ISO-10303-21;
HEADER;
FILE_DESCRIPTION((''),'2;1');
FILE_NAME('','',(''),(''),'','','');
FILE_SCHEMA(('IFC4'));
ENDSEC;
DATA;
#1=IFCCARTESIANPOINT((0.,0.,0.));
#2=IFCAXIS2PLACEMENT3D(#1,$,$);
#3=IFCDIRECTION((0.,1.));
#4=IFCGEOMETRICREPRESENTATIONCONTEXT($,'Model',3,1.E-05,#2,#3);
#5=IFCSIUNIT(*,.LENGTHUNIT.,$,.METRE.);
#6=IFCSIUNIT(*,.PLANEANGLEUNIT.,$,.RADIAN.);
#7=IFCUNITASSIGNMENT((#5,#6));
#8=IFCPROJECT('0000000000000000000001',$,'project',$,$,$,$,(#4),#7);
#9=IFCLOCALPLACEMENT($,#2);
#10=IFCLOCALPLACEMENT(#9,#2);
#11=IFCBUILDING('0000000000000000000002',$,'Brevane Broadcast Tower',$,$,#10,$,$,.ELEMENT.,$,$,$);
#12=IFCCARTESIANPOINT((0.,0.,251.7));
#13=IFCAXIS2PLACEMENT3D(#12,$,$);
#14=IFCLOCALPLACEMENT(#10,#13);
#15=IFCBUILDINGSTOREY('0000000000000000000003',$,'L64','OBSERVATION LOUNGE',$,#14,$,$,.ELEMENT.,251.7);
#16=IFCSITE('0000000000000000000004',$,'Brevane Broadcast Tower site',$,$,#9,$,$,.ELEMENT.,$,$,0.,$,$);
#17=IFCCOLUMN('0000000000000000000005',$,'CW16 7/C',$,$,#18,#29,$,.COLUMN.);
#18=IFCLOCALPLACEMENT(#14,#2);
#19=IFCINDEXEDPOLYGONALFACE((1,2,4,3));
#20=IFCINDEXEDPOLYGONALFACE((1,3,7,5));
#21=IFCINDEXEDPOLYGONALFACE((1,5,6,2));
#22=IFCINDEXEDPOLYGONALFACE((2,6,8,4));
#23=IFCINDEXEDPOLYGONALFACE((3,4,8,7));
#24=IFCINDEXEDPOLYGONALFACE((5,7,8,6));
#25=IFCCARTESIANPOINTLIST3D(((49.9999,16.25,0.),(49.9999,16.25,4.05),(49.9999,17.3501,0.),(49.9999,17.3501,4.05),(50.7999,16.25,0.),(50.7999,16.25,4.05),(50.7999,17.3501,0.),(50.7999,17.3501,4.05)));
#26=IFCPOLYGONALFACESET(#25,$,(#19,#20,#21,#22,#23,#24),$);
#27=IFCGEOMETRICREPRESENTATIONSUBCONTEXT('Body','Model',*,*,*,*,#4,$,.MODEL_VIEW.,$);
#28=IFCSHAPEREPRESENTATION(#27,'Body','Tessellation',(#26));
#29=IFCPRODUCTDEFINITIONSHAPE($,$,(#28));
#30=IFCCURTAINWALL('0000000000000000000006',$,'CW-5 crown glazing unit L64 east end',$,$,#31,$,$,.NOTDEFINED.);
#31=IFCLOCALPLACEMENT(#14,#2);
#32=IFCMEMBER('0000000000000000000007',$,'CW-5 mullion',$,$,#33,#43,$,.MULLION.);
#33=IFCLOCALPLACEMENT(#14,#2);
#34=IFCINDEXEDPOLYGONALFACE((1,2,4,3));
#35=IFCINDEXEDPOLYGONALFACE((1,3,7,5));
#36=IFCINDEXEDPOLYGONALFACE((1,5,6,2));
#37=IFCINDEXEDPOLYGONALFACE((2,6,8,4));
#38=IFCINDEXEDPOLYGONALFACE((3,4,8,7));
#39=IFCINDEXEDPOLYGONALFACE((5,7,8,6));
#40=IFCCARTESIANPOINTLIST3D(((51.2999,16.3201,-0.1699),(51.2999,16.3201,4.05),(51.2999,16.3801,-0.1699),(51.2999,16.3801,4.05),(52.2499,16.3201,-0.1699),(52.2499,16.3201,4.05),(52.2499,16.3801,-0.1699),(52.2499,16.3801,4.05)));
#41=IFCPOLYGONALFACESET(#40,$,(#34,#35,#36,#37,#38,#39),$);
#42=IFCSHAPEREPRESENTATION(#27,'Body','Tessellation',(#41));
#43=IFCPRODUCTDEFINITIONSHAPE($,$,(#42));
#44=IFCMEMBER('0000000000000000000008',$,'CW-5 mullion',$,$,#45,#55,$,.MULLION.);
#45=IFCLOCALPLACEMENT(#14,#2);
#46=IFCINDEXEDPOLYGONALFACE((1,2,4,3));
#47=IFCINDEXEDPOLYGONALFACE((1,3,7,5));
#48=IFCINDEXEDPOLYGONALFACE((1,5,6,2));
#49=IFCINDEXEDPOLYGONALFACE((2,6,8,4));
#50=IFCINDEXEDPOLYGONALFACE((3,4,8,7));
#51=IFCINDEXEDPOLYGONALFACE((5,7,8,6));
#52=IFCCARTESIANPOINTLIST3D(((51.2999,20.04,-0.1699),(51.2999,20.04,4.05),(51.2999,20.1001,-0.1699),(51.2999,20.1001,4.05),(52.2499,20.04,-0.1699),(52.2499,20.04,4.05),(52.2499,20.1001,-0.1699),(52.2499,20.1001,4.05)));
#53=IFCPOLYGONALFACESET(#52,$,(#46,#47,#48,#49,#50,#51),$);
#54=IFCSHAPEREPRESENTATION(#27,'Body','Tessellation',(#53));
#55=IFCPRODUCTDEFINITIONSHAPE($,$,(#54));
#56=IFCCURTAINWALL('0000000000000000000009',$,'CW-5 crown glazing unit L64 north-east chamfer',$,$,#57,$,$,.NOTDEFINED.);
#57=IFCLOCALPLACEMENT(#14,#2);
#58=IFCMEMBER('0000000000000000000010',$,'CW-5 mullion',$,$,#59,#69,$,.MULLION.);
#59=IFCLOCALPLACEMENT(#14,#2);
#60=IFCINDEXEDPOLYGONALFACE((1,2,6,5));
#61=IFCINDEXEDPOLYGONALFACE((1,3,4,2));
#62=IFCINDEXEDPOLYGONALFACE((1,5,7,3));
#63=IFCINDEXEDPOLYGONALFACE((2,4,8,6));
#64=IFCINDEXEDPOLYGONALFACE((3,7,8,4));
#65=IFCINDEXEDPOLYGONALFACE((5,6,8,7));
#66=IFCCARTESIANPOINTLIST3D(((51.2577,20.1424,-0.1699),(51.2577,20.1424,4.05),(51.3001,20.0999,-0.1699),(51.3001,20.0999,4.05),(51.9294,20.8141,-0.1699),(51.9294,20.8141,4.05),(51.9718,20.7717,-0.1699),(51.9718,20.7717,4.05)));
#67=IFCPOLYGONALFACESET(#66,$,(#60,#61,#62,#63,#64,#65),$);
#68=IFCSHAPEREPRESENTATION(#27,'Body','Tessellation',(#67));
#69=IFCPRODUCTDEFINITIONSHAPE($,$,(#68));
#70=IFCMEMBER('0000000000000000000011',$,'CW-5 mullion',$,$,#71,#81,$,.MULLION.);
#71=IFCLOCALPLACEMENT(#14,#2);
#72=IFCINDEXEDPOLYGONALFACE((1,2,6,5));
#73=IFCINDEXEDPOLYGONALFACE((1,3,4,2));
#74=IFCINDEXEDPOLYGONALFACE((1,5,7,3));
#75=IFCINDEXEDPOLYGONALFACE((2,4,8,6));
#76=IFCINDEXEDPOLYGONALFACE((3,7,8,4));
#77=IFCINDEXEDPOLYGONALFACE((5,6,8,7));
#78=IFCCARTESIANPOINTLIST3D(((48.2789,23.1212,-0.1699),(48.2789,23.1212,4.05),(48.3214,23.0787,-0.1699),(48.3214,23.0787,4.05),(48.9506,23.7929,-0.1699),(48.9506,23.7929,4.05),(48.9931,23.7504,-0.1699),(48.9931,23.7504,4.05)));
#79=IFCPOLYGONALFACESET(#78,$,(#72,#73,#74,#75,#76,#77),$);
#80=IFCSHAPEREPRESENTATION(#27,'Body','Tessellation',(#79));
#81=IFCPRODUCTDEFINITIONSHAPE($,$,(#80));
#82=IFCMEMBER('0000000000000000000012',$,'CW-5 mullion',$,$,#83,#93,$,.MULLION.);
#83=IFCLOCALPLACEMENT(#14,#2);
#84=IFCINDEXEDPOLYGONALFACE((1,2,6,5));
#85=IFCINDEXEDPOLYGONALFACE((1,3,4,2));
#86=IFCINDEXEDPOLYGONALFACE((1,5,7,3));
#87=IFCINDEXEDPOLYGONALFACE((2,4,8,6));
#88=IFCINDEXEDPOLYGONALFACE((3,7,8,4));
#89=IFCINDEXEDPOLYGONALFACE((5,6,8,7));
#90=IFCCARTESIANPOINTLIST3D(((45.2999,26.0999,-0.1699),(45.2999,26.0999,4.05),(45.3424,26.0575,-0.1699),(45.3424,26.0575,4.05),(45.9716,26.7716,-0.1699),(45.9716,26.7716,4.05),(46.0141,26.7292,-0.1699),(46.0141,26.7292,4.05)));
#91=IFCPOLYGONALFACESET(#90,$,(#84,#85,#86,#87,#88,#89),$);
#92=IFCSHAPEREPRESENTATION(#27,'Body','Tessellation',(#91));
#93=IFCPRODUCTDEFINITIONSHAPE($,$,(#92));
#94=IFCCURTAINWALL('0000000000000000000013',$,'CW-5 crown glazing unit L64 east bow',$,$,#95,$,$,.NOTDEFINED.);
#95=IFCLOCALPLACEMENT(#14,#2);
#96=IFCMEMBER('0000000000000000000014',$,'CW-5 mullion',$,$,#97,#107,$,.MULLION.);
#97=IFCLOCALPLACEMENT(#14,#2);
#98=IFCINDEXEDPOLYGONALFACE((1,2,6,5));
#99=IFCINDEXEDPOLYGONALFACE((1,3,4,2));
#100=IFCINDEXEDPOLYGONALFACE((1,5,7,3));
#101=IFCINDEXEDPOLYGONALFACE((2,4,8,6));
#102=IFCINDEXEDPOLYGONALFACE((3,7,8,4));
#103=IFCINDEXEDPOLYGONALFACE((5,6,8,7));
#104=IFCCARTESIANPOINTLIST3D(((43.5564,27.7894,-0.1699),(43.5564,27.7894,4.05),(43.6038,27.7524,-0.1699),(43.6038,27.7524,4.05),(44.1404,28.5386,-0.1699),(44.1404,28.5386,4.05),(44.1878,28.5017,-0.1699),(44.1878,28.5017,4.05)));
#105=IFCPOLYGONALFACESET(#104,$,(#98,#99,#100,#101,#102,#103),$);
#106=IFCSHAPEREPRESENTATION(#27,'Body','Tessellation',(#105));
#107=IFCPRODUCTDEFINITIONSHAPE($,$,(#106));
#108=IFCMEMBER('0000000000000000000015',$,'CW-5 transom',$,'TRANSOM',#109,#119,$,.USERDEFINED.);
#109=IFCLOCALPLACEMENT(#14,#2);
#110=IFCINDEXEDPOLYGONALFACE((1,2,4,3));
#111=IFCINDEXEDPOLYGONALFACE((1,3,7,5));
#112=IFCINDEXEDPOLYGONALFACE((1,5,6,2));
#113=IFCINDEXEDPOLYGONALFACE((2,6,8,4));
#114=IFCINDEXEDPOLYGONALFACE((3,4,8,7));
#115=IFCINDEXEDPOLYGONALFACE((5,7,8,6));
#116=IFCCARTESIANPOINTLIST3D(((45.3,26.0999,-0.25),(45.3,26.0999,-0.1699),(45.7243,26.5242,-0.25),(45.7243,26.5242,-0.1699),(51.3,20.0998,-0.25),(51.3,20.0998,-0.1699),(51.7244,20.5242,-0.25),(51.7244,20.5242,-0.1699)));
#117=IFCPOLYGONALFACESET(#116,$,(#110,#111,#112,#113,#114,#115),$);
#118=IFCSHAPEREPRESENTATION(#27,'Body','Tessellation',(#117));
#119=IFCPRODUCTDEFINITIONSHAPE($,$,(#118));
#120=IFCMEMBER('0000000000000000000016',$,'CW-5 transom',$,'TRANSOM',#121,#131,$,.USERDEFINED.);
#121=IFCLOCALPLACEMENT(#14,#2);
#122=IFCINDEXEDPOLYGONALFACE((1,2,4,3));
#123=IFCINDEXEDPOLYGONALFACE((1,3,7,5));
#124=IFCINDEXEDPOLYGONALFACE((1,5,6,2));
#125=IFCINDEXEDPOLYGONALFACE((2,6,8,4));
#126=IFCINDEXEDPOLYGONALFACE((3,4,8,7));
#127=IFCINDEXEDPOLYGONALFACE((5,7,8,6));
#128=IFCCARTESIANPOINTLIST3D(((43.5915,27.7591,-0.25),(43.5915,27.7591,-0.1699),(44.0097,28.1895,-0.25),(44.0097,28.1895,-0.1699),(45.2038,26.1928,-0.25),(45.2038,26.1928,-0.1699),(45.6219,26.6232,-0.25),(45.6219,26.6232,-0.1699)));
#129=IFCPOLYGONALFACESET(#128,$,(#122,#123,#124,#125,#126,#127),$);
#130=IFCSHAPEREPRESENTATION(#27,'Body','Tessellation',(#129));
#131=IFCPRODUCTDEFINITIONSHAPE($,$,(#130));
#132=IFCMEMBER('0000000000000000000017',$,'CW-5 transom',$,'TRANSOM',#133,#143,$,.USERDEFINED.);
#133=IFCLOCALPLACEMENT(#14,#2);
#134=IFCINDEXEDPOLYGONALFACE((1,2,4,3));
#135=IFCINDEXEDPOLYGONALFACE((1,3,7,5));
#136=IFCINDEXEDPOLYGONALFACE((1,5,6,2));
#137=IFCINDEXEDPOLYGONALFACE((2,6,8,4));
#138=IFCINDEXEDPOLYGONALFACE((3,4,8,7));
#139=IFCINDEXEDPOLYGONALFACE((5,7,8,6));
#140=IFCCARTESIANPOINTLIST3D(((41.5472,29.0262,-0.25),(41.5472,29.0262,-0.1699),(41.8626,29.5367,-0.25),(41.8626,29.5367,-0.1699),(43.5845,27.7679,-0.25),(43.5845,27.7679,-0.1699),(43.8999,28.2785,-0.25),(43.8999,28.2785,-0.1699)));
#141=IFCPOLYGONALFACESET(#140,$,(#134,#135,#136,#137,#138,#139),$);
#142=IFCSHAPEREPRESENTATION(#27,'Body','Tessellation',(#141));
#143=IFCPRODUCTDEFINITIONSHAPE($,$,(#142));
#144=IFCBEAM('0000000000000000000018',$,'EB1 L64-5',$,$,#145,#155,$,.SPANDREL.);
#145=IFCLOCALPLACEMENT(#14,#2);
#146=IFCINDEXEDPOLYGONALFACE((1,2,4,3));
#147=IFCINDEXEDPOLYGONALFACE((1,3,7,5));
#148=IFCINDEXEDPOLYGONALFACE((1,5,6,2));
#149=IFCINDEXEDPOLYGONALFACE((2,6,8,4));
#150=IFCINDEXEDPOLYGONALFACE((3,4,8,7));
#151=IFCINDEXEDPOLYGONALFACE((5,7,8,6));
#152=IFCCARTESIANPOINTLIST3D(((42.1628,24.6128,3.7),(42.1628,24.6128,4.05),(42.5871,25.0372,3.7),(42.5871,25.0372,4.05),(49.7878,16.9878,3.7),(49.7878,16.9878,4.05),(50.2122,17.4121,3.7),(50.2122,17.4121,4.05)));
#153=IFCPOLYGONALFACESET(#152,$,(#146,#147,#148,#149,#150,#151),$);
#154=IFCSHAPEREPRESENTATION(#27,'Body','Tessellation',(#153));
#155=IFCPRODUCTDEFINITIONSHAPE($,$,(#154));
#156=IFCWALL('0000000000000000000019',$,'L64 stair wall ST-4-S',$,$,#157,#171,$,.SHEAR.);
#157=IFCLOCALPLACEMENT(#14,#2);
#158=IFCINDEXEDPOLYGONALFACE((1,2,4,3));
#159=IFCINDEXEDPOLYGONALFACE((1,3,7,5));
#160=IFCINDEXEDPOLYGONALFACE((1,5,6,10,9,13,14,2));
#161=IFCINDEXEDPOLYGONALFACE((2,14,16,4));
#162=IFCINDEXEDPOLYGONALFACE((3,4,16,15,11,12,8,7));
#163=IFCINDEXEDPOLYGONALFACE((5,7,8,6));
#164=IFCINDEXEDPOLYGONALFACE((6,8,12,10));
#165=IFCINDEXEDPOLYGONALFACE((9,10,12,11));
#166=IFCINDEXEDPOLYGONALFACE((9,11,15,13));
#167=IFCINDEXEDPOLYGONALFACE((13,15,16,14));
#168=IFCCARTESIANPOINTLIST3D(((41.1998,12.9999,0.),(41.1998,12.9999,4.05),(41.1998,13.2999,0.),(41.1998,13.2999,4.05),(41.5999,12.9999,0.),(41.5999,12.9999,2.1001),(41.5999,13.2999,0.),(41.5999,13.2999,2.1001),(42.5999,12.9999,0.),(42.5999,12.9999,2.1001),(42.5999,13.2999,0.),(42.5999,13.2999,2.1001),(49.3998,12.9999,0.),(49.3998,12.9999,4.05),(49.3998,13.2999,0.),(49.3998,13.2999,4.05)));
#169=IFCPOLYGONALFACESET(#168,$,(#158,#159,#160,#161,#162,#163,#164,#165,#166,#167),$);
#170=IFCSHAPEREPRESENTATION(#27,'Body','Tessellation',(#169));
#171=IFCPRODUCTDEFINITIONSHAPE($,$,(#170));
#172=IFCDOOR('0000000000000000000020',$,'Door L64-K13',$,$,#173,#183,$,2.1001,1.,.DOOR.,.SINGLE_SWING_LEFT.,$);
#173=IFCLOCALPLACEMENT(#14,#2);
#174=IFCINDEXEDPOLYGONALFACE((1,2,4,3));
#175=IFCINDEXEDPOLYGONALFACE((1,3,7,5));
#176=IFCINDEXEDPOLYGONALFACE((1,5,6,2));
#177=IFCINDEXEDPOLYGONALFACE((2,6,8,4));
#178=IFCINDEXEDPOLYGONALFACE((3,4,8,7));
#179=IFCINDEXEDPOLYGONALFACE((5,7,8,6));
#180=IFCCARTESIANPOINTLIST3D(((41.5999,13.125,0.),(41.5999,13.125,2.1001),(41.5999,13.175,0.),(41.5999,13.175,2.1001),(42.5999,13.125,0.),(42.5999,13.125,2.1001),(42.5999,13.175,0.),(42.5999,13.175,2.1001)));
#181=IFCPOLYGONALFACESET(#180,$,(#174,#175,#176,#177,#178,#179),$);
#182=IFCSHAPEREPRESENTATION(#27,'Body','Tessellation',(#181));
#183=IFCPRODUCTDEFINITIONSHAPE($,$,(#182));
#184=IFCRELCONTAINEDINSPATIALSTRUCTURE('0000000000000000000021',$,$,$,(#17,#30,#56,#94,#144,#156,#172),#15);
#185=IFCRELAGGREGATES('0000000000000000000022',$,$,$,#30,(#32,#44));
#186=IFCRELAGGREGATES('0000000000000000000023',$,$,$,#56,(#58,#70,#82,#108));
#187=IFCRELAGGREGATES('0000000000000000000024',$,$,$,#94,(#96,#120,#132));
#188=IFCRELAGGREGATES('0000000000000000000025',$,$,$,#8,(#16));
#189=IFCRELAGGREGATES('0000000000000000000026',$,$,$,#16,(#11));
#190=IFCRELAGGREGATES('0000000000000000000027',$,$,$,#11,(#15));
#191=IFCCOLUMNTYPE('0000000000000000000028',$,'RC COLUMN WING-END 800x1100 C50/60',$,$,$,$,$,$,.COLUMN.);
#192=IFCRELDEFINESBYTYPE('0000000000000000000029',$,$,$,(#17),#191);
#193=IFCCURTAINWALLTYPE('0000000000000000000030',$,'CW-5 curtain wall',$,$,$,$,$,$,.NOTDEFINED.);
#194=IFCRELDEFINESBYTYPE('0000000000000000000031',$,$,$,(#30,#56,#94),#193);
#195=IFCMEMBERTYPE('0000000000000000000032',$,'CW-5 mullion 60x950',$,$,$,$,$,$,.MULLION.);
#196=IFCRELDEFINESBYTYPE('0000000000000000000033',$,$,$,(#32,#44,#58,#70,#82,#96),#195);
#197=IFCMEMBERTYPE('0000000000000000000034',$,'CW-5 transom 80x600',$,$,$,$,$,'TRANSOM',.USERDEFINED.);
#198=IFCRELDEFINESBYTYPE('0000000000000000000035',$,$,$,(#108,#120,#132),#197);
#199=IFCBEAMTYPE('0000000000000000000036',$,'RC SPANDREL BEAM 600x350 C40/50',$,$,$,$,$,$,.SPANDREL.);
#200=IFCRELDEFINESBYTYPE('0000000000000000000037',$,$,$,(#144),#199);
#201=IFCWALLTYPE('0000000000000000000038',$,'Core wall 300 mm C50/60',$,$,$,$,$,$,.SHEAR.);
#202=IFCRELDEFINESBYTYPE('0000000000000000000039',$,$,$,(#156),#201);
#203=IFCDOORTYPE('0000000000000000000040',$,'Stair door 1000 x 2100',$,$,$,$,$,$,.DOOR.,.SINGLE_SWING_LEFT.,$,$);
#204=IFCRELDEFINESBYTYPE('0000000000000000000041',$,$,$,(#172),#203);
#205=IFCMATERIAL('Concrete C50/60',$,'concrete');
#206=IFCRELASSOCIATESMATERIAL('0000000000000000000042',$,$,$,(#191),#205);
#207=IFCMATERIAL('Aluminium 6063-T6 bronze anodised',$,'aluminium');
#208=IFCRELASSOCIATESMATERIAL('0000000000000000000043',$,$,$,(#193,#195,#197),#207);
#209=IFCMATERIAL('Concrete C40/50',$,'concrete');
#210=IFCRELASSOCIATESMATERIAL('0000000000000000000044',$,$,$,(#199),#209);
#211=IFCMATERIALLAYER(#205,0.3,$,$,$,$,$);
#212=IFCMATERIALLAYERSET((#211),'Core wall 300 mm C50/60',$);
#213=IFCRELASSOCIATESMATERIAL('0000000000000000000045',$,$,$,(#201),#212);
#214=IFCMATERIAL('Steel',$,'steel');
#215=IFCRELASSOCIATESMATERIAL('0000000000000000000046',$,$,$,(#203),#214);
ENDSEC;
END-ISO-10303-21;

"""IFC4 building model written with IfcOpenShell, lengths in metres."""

from ifc_helpers import new_model, si_unit, direction, frame, frame_2d, origin, origin_2d, place, context, subcontext, project, spatial, rectangle, extrude, material, layer, layer_set, material_profile, profile_set, type_object, element, fill, aggregate, save


model = new_model("IFC4")

# Units and contexts
model_context = context("Model", 3, precision=1e-05, world=origin(), true_north=direction((0.0, 1.0)))
body_context = subcontext(model_context, "Body", "Model", "MODEL_VIEW")
ifc_project = project(units=[si_unit("LENGTHUNIT", "METRE"), si_unit("PLANEANGLEUNIT", "RADIAN")], contexts=[model_context])

# Site, building, storey
site_placement = place(None, origin())
site = spatial("IfcSite", under=ifc_project, at=site_placement, Name="Brevane Broadcast Tower site", CompositionType="ELEMENT", RefElevation=0.0)
building_placement = place(site_placement, origin())
building = spatial("IfcBuilding", under=site, at=building_placement, Name="Brevane Broadcast Tower", CompositionType="ELEMENT")
storey_placement = place(building_placement, frame((0.0, 0.0, 251.7)))
storey = spatial("IfcBuildingStorey", under=building, at=storey_placement, Name="L64", Description="OBSERVATION LOUNGE", CompositionType="ELEMENT", Elevation=251.7)

# Column
ifc_material_1 = material(Name="Concrete C50/60", Category="concrete")
ifc_material_profile_1 = material_profile(ifc_material_1, rectangle(XDim=0.8, YDim=1.1001, at=origin_2d()), Name="RC 800x1100")
ifc_profile_set_1 = profile_set([ifc_material_profile_1], Name="Concrete C50/60")
column_type = type_object("IfcColumnType", Name="RC COLUMN WING-END 800x1100 C50/60", PredefinedType="COLUMN", material=ifc_profile_set_1)
column_placement = place(storey_placement, frame((50.3999, 16.8, 0.0), z_axis=(0.0, 0.0, 1.0), x_axis=(1.0, 0.0, 0.0)))
element("IfcColumn", 1, at=column_placement, inside=storey, type_object=column_type, Name="CW16 7/C", PredefinedType="COLUMN", context=body_context, shape_type="SweptSolid", body=[
    extrude(rectangle(XDim=0.8, YDim=1.1001, at=origin_2d()), origin(), (0.0, 0.0, 1.0), 4.05),
])

# Curtain walls, members
ifc_material_2 = material(Name="Aluminium 6063-T6 bronze anodised", Category="aluminium")
curtain_wall_type = type_object("IfcCurtainWallType", Name="CW-5 curtain wall", PredefinedType="NOTDEFINED", material=ifc_material_2)
curtain_wall_1_placement = place(storey_placement, origin())
curtain_wall_1 = element("IfcCurtainWall", 2, at=curtain_wall_1_placement, inside=storey, type_object=curtain_wall_type, Name="CW-5 crown glazing unit L64 east end", PredefinedType="NOTDEFINED")
ifc_material_profile_2 = material_profile(ifc_material_2, rectangle(XDim=0.95, YDim=0.0601, at=origin_2d()), Name="RECT 60x950")
ifc_profile_set_2 = profile_set([ifc_material_profile_2], Name="Aluminium 6063-T6 bronze anodised")
member_type_1 = type_object("IfcMemberType", Name="CW-5 mullion 60x950", PredefinedType="MULLION", material=ifc_profile_set_2)
member_1_placement = place(storey_placement, frame((51.7749, 16.3501, -0.1699), z_axis=(0.0, 0.0, 1.0), x_axis=(-1.0, 0.0, 0.0)))
member_1 = element("IfcMember", 3, at=member_1_placement, type_object=member_type_1, Name="CW-5 mullion", PredefinedType="MULLION", context=body_context, shape_type="SweptSolid", body=[
    extrude(rectangle(XDim=0.95, YDim=0.0601, at=origin_2d()), origin(), (0.0, 0.0, 1.0), 4.22),
])
member_2_placement = place(storey_placement, frame((51.7749, 20.0701, -0.1699), z_axis=(0.0, 0.0, 1.0), x_axis=(-1.0, 0.0, 0.0)))
member_2 = element("IfcMember", 4, at=member_2_placement, type_object=member_type_1, Name="CW-5 mullion", PredefinedType="MULLION", context=body_context, shape_type="SweptSolid", body=[
    extrude(rectangle(XDim=0.95, YDim=0.0601, at=origin_2d()), origin(), (0.0, 0.0, 1.0), 4.22),
])
aggregate(curtain_wall_1, [member_1, member_2])
curtain_wall_2_placement = place(storey_placement, origin())
curtain_wall_2 = element("IfcCurtainWall", 5, at=curtain_wall_2_placement, inside=storey, type_object=curtain_wall_type, Name="CW-5 crown glazing unit L64 north-east chamfer", PredefinedType="NOTDEFINED")
member_3_placement = place(storey_placement, frame((51.6147, 20.457, -0.1699), z_axis=(0.0, 0.0, 1.0), x_axis=(-0.707107, -0.707107, 0.0)))
member_3 = element("IfcMember", 6, at=member_3_placement, type_object=member_type_1, Name="CW-5 mullion", PredefinedType="MULLION", context=body_context, shape_type="SweptSolid", body=[
    extrude(rectangle(XDim=0.95, YDim=0.0601, at=origin_2d()), origin(), (0.0, 0.0, 1.0), 4.22),
])
member_4_placement = place(storey_placement, frame((48.636, 23.4358, -0.1699), z_axis=(0.0, 0.0, 1.0), x_axis=(-0.707107, -0.707107, 0.0)))
member_4 = element("IfcMember", 7, at=member_4_placement, type_object=member_type_1, Name="CW-5 mullion", PredefinedType="MULLION", context=body_context, shape_type="SweptSolid", body=[
    extrude(rectangle(XDim=0.95, YDim=0.0601, at=origin_2d()), origin(), (0.0, 0.0, 1.0), 4.22),
])
member_5_placement = place(storey_placement, frame((45.657, 26.4146, -0.1699), z_axis=(0.0, 0.0, 1.0), x_axis=(-0.707107, -0.707107, 0.0)))
member_5 = element("IfcMember", 8, at=member_5_placement, type_object=member_type_1, Name="CW-5 mullion", PredefinedType="MULLION", context=body_context, shape_type="SweptSolid", body=[
    extrude(rectangle(XDim=0.95, YDim=0.0601, at=origin_2d()), origin(), (0.0, 0.0, 1.0), 4.22),
])

# Curtain wall, member
curtain_wall_3_placement = place(storey_placement, origin())
curtain_wall_3 = element("IfcCurtainWall", 9, at=curtain_wall_3_placement, inside=storey, type_object=curtain_wall_type, Name="CW-5 crown glazing unit L64 east bow", PredefinedType="NOTDEFINED")
member_6_placement = place(storey_placement, frame((43.8721, 28.1455, -0.1699), z_axis=(0.0, 0.0, 1.0), x_axis=(-0.61477, -0.788707, 0.0)))
member_6 = element("IfcMember", 10, at=member_6_placement, type_object=member_type_1, Name="CW-5 mullion", PredefinedType="MULLION", context=body_context, shape_type="SweptSolid", body=[
    extrude(rectangle(XDim=0.95, YDim=0.0601, at=origin_2d()), origin(), (0.0, 0.0, 1.0), 4.22),
])

# Members
ifc_material_profile_3 = material_profile(ifc_material_2, rectangle(XDim=0.6001, YDim=0.0801, at=origin_2d()), Name="RECT 80x600")
ifc_profile_set_3 = profile_set([ifc_material_profile_3], Name="Aluminium 6063-T6 bronze anodised")
member_type_2 = type_object("IfcMemberType", Name="CW-5 transom 80x600", ElementType="TRANSOM", PredefinedType="USERDEFINED", material=ifc_profile_set_3)
member_7_placement = place(storey_placement, frame((51.5122, 20.312, -0.21), z_axis=(-0.707107, 0.707107, 0.0), x_axis=(-0.707107, -0.707107, 0.0)))
member_7 = element("IfcMember", 11, at=member_7_placement, type_object=member_type_2, Name="CW-5 transom", ObjectType="TRANSOM", PredefinedType="USERDEFINED", context=body_context, shape_type="SweptSolid", body=[
    extrude(rectangle(XDim=0.6001, YDim=0.0801, at=origin_2d()), origin(), (0.0, 0.0, 1.0), 8.4854),
])
aggregate(curtain_wall_2, [member_3, member_4, member_5, member_7])
member_8_placement = place(storey_placement, frame((45.4128, 26.408, -0.21), z_axis=(-0.717242, 0.696824, 0.0), x_axis=(-0.696824, -0.717242, 0.0)))
member_8 = element("IfcMember", 12, at=member_8_placement, type_object=member_type_2, Name="CW-5 transom", ObjectType="TRANSOM", PredefinedType="USERDEFINED", context=body_context, shape_type="SweptSolid", body=[
    extrude(rectangle(XDim=0.6001, YDim=0.0801, at=origin_2d()), origin(), (0.0, 0.0, 1.0), 2.2478),
])
member_9_placement = place(storey_placement, frame((43.7422, 28.0232, -0.21), z_axis=(-0.85081, 0.525473, 0.0), x_axis=(-0.525473, -0.85081, 0.0)))
member_9 = element("IfcMember", 13, at=member_9_placement, type_object=member_type_2, Name="CW-5 transom", ObjectType="TRANSOM", PredefinedType="USERDEFINED", context=body_context, shape_type="SweptSolid", body=[
    extrude(rectangle(XDim=0.6001, YDim=0.0801, at=origin_2d()), origin(), (0.0, 0.0, 1.0), 2.3945),
])
aggregate(curtain_wall_3, [member_6, member_8, member_9])

# Beam
ifc_material_3 = material(Name="Concrete C40/50", Category="concrete")
ifc_material_profile_4 = material_profile(ifc_material_3, rectangle(XDim=0.6001, YDim=0.3501, at=origin_2d()), Name="RC 600x350")
ifc_profile_set_4 = profile_set([ifc_material_profile_4], Name="Concrete C40/50")
beam_type = type_object("IfcBeamType", Name="RC SPANDREL BEAM 600x350 C40/50", PredefinedType="SPANDREL", material=ifc_profile_set_4)
beam_placement = place(storey_placement, frame((50.0, 17.2, 3.875), z_axis=(-0.707107, 0.707107, 0.0), x_axis=(-0.707107, -0.707107, 0.0)))
element("IfcBeam", 14, at=beam_placement, inside=storey, type_object=beam_type, Name="EB1 L64-5", PredefinedType="SPANDREL", context=body_context, shape_type="SweptSolid", body=[
    extrude(rectangle(XDim=0.6001, YDim=0.3501, at=origin_2d()), origin(), (0.0, 0.0, 1.0), 10.7834),
])

# Wall, opening, door
ifc_layer_1 = layer(ifc_material_1, 0.3)
ifc_layer_set_1 = layer_set([ifc_layer_1], Name="Core wall 300 mm C50/60")
wall_type_1 = type_object("IfcWallType", Name="Core wall 300 mm C50/60", PredefinedType="SHEAR", material=ifc_layer_set_1)
wall_1_placement = place(storey_placement, frame((49.3999, 13.1499, 0.0), z_axis=(0.0, 0.0, 1.0), x_axis=(-1.0, 0.0, 0.0)))
wall_1 = element("IfcWall", 15, at=wall_1_placement, inside=storey, type_object=wall_type_1, Name="L64 stair wall ST-4-S", PredefinedType="SHEAR", context=body_context, shape_type="SweptSolid", body=[
    extrude(rectangle(XDim=8.2, YDim=0.3, at=frame_2d((4.1001, 0.0))), origin(), (0.0, 0.0, 1.0), 4.05),
])
opening_1_placement = place(wall_1_placement, frame((6.8, 0.0, 0.0)))
opening_1 = element("IfcOpeningElement", 16, at=opening_1_placement, cuts=wall_1, PredefinedType="OPENING", context=body_context, shape_type="SweptSolid", body=[
    extrude(rectangle(XDim=1.0, YDim=2.1001, at=frame_2d((0.5, 1.05))), frame((0.0, 0.1599, 0.0), z_axis=(0.0, -1.0, 0.0), x_axis=(1.0, 0.0, 0.0)), (0.0, 0.0, 1.0), 0.3201),
])
ifc_material_4 = material(Name="Steel", Category="steel")
door_type_1 = type_object("IfcDoorType", Name="Stair door 1000 x 2100", OperationType="SINGLE_SWING_LEFT", PredefinedType="DOOR", material=ifc_material_4)
door_1_placement = place(opening_1_placement, origin())
door_1 = element("IfcDoor", 17, at=door_1_placement, inside=storey, type_object=door_type_1, Name="Door L64-K13", OperationType="SINGLE_SWING_LEFT", OverallHeight=2.1001, OverallWidth=1.0, PredefinedType="DOOR", context=body_context, shape_type="SweptSolid", body=[
    extrude(rectangle(XDim=1.0, YDim=2.1001, at=frame_2d((0.5, 1.05))), frame((0.0, 0.0249, 0.0), z_axis=(0.0, -1.0, 0.0), x_axis=(1.0, 0.0, 0.0)), (0.0, 0.0, 1.0), 0.05),
])
fill(opening_1, door_1)

save(model, "model.ifc")
